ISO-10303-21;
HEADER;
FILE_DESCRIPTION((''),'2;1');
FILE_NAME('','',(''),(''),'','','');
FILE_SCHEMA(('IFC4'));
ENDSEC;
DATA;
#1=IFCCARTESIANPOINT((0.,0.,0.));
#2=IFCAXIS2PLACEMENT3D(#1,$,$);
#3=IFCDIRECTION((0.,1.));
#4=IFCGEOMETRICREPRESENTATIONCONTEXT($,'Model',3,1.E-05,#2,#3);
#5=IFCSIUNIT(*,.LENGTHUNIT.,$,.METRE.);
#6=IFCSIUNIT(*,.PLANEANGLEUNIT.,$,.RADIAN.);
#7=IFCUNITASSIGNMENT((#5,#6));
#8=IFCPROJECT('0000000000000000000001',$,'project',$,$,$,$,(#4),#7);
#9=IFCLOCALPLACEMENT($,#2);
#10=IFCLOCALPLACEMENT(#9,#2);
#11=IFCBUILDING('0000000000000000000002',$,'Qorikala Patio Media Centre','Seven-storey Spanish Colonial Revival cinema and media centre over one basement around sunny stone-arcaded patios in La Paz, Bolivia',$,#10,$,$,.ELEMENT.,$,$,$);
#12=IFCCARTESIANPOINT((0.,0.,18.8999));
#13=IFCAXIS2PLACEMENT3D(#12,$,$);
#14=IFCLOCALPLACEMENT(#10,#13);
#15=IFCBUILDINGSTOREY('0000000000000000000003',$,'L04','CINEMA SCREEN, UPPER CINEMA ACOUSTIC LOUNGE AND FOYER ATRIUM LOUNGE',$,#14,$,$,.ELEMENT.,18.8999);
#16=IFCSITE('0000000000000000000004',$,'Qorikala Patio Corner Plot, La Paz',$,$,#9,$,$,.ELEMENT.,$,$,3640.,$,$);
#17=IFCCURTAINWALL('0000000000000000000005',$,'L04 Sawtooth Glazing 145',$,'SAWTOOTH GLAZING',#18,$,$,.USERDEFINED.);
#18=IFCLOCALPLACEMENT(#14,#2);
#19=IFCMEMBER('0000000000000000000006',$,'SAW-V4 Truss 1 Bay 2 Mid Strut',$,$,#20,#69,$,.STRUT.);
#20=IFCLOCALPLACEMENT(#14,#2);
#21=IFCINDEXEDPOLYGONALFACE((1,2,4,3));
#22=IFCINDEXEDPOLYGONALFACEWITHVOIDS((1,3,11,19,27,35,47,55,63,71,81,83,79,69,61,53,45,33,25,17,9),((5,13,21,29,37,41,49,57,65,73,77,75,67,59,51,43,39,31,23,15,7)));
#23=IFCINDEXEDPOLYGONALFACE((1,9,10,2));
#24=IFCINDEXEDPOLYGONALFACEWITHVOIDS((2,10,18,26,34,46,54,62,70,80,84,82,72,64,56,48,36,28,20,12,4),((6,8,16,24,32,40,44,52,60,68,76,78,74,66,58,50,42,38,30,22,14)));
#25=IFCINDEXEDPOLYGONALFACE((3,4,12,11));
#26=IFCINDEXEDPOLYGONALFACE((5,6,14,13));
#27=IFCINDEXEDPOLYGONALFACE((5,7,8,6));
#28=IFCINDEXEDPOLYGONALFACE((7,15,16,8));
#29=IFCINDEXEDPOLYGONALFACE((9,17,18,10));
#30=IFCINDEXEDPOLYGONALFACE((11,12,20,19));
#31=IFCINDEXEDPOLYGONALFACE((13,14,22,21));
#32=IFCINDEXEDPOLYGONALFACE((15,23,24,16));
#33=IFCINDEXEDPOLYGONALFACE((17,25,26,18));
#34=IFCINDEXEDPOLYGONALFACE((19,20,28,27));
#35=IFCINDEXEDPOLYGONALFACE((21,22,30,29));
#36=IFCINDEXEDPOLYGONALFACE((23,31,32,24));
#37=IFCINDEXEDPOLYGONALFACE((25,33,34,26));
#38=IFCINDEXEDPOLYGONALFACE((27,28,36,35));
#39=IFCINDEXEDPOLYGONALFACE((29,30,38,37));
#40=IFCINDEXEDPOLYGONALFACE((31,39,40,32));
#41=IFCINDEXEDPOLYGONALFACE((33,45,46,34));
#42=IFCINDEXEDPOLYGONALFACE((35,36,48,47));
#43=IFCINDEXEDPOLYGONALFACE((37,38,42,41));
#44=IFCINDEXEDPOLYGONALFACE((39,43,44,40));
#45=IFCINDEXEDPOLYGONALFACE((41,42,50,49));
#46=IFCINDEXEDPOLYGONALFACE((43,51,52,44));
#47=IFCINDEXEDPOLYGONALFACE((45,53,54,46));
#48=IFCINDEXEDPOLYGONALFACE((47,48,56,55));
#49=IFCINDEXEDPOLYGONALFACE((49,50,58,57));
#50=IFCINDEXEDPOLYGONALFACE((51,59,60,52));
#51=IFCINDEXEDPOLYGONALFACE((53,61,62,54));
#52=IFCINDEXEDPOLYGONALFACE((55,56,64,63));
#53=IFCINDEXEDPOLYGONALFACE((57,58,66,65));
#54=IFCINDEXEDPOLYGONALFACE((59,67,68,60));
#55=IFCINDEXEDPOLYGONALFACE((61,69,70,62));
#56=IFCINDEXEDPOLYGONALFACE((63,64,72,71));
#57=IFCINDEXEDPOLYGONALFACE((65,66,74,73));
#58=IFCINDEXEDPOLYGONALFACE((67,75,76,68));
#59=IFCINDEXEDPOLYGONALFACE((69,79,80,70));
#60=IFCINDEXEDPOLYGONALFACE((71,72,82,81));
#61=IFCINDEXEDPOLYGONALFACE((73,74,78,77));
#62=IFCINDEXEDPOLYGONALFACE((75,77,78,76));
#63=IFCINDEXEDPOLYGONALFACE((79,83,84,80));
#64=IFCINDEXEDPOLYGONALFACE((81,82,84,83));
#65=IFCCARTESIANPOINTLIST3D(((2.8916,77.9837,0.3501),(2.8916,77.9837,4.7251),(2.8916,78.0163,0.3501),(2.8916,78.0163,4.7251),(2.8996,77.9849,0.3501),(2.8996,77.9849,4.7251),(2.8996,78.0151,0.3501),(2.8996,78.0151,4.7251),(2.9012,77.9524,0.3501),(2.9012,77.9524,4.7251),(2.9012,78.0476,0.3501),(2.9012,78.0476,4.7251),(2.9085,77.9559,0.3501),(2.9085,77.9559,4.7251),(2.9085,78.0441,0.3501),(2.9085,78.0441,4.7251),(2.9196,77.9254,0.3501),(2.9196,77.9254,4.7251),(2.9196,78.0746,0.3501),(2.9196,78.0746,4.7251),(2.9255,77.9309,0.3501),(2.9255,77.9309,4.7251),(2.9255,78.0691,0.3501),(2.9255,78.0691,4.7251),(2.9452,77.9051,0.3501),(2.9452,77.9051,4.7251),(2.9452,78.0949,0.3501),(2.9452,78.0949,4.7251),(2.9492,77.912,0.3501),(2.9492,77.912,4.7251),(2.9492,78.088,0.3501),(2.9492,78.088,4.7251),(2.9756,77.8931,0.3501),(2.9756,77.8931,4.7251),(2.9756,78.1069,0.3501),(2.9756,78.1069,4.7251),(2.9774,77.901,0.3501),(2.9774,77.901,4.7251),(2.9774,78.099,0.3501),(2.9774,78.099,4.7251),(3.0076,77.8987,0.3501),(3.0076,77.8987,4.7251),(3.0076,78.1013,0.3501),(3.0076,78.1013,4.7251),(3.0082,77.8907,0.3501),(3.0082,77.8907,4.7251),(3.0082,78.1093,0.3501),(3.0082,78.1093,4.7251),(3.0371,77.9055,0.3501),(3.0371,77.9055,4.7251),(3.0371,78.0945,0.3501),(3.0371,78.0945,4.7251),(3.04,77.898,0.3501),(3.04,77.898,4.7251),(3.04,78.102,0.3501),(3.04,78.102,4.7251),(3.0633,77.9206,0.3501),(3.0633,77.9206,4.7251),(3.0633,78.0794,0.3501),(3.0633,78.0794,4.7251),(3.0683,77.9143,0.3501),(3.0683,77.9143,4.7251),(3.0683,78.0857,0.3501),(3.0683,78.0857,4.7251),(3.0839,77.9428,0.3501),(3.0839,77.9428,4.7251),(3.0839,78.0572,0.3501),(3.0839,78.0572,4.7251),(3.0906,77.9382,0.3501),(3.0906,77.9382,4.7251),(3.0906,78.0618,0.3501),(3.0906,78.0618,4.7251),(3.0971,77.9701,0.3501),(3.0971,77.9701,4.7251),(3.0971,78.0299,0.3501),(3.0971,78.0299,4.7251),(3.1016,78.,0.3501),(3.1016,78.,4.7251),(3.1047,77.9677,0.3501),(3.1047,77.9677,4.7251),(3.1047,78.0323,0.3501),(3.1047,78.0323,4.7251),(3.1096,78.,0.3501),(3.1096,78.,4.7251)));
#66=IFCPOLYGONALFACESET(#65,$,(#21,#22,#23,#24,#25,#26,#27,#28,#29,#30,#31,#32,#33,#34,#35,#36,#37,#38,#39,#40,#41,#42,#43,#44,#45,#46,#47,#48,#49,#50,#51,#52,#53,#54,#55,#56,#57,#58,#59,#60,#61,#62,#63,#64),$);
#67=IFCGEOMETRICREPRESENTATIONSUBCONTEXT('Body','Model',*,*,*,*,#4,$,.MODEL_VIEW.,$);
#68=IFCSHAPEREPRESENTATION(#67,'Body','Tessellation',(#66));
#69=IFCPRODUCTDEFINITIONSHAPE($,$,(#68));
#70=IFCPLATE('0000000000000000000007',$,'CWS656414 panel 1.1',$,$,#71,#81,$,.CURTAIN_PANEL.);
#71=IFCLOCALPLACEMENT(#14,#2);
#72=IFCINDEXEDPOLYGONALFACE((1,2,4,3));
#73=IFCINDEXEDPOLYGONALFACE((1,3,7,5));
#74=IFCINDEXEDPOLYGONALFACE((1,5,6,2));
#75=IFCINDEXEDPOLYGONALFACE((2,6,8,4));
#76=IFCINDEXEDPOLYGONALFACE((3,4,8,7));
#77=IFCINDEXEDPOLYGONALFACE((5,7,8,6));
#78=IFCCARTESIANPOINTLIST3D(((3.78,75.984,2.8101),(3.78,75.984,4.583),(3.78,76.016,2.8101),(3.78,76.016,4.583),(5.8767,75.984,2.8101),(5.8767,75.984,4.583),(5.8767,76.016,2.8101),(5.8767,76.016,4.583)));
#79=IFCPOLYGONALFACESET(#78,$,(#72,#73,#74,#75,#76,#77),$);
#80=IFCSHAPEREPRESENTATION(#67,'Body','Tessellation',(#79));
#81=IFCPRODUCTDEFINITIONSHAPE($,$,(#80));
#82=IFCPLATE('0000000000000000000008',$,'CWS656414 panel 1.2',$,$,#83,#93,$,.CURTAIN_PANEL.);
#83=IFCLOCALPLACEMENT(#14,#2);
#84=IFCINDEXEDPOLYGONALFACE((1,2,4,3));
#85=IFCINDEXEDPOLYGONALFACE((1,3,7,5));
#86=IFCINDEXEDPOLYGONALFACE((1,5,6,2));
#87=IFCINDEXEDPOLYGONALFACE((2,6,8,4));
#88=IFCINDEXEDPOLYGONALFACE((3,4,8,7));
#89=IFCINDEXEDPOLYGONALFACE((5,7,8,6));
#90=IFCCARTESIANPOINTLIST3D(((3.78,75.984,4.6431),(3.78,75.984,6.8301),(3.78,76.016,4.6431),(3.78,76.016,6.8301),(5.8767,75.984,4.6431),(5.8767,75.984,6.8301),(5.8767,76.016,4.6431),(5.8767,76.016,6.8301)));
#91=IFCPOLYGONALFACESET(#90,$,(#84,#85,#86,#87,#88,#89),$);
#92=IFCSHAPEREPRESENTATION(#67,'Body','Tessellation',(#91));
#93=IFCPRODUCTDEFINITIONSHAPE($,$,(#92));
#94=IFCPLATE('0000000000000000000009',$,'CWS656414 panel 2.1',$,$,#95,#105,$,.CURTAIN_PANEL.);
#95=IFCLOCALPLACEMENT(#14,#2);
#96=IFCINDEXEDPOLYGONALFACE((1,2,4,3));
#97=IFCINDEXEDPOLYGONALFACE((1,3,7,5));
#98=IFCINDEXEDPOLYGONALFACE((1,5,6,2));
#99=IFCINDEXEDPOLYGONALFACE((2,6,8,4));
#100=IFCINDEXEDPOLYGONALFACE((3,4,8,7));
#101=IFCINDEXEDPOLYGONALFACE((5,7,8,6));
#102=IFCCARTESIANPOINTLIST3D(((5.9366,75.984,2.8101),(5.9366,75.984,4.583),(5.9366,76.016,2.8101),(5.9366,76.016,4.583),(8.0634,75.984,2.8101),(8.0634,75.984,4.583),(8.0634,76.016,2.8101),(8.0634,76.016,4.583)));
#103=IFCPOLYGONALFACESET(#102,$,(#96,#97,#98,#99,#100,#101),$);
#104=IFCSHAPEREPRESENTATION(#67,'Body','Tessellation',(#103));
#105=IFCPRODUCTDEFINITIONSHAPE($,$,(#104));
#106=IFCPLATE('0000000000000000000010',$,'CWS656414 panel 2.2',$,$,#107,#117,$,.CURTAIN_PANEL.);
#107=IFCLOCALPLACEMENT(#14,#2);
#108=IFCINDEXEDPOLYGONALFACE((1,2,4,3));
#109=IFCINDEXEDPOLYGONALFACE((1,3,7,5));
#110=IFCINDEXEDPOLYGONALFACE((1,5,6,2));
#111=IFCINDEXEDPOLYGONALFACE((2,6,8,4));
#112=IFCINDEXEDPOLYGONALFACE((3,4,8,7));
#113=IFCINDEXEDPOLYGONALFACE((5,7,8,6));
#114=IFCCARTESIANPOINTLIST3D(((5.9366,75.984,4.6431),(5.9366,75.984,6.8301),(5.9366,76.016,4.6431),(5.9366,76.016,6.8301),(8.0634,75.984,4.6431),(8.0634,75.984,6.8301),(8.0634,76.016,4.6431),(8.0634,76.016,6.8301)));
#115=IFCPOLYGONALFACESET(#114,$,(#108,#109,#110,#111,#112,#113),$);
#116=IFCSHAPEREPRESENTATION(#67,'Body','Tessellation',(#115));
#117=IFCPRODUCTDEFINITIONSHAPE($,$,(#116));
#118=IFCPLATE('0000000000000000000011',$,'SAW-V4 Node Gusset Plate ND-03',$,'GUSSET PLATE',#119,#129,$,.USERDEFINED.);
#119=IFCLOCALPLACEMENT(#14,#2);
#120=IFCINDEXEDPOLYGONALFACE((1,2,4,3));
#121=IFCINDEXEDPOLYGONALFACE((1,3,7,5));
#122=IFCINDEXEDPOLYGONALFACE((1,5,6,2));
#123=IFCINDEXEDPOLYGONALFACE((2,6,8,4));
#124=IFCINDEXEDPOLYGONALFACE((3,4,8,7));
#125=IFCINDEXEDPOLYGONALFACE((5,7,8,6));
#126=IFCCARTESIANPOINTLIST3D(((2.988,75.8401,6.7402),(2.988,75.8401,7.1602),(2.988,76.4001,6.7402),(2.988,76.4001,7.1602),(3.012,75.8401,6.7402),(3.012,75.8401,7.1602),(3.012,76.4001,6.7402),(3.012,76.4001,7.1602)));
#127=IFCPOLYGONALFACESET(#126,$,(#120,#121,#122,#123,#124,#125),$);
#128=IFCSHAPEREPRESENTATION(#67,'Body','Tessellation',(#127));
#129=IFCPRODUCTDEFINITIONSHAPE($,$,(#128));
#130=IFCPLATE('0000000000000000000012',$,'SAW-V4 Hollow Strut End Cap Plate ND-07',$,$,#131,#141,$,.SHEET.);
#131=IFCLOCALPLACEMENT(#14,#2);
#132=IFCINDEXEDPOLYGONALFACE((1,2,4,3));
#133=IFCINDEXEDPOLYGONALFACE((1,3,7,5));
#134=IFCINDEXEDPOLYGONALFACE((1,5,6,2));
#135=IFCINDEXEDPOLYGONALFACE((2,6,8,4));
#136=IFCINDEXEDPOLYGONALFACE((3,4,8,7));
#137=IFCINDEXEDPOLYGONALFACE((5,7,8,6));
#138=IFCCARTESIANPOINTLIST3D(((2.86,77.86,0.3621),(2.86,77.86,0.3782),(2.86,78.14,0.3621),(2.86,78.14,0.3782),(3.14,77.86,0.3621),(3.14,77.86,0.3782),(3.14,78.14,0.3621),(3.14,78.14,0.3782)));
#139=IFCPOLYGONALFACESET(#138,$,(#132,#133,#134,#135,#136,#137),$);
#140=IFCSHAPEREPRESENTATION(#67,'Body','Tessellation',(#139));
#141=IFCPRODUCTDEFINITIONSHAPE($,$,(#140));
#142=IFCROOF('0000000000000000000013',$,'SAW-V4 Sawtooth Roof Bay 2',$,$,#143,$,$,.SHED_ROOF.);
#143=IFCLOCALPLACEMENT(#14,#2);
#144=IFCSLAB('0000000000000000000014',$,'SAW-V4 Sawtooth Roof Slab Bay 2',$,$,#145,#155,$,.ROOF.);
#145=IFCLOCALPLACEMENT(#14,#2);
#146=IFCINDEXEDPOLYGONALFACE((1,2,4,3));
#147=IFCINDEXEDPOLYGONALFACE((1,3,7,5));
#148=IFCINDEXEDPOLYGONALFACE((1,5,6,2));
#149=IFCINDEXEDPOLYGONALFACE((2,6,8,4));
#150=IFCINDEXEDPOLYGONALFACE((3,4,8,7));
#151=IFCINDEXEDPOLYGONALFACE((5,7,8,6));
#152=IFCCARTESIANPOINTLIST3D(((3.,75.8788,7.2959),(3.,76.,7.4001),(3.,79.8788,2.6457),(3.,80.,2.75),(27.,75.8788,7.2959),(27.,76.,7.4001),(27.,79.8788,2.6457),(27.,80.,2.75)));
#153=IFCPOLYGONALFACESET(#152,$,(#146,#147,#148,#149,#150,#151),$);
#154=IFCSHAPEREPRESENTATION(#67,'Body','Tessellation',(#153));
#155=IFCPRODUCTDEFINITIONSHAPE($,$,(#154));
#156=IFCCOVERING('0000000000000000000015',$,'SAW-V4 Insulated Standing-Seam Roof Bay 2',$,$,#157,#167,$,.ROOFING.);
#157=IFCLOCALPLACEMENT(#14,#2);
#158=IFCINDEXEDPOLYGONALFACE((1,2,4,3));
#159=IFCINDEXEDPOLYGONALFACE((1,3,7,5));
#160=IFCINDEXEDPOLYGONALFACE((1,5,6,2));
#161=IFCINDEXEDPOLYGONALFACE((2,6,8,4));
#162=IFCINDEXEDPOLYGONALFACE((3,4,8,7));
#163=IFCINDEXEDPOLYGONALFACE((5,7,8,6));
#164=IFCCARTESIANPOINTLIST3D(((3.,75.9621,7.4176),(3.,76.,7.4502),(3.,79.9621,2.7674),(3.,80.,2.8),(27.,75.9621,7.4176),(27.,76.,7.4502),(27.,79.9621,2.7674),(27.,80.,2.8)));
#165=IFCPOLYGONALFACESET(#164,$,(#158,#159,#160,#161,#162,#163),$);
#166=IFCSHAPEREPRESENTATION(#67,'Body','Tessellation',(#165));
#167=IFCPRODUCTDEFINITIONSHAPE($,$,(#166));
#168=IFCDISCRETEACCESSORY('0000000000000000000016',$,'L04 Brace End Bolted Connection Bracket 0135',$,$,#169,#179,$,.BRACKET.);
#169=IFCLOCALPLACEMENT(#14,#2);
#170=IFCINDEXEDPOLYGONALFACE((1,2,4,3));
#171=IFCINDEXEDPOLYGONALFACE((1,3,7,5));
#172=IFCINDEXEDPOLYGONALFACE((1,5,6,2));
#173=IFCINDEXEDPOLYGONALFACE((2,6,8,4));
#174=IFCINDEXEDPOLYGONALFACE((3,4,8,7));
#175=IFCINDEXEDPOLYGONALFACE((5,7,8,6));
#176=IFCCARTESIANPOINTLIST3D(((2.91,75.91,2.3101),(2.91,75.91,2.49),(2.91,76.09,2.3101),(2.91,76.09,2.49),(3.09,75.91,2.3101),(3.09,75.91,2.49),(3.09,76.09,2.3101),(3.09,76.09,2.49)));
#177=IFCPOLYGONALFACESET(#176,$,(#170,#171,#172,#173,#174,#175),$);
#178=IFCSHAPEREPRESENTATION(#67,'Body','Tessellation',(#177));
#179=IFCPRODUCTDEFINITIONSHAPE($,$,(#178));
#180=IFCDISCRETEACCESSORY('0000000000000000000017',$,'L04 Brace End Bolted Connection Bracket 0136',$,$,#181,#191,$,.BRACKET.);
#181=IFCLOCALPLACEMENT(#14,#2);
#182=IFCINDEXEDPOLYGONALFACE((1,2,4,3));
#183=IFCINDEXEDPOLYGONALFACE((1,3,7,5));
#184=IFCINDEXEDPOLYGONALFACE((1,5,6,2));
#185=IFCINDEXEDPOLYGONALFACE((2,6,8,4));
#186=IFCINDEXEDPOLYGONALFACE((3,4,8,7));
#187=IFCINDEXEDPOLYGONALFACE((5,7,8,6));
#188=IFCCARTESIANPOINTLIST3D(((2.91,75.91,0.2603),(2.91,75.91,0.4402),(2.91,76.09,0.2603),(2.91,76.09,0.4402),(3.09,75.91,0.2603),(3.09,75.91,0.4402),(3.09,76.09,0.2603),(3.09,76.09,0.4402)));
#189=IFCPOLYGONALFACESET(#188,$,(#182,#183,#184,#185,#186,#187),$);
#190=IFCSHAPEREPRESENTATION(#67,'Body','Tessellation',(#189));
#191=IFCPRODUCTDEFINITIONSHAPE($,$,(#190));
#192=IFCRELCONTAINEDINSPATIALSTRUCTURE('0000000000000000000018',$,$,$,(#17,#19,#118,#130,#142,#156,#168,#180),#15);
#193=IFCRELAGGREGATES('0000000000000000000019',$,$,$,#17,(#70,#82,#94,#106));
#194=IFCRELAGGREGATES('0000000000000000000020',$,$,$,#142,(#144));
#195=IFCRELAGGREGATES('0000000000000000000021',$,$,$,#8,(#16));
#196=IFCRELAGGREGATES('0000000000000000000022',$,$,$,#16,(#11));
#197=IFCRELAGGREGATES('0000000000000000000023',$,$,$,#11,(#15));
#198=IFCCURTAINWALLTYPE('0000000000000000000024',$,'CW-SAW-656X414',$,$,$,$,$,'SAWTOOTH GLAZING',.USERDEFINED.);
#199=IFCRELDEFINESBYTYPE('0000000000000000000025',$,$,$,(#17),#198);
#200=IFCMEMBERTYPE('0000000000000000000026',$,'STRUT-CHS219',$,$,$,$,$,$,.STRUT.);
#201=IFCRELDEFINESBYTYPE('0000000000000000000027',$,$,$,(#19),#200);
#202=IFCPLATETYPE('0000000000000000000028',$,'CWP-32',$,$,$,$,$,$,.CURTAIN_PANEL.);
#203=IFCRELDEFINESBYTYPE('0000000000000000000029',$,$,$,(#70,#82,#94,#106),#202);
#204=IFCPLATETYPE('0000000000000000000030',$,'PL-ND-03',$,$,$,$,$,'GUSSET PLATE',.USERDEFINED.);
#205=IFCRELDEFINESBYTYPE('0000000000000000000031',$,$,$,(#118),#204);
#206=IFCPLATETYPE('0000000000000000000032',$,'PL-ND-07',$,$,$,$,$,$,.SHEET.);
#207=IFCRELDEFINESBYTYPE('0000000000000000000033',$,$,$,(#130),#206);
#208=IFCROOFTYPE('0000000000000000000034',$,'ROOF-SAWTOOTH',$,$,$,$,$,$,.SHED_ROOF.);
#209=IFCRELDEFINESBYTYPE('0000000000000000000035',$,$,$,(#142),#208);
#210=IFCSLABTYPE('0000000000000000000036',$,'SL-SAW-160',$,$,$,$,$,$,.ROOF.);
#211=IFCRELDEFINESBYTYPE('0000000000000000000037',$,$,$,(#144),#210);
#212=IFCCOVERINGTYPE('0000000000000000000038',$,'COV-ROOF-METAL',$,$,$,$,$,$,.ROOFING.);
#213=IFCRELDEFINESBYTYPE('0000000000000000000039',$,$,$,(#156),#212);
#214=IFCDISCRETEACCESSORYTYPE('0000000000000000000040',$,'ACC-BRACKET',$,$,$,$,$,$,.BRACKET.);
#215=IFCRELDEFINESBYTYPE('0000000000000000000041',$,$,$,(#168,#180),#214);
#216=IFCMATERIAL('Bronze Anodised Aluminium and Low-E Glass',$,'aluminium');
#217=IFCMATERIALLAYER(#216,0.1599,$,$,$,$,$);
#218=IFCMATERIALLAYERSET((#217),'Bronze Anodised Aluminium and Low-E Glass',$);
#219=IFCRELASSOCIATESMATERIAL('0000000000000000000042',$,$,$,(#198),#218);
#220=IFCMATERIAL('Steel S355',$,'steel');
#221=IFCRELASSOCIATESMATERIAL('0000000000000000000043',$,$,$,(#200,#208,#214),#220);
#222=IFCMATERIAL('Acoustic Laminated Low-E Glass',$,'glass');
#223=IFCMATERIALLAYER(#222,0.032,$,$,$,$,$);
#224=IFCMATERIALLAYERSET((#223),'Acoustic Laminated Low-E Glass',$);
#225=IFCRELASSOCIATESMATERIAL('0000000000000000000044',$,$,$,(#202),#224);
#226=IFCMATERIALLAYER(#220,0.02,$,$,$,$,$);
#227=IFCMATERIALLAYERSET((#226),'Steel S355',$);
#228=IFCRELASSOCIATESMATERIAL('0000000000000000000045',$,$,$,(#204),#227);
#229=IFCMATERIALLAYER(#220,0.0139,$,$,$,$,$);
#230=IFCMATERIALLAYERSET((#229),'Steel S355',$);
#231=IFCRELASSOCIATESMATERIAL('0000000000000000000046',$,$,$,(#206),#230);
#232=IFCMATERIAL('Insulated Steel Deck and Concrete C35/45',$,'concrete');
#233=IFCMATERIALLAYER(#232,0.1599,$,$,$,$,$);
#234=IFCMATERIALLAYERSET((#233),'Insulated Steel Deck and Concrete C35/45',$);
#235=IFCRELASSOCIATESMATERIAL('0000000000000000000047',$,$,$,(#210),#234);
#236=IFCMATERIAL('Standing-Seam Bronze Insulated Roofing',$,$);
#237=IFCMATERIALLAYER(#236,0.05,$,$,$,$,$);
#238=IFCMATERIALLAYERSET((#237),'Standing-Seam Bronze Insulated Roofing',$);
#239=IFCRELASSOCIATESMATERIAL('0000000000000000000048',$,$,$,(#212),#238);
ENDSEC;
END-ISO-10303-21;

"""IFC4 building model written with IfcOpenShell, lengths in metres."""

from ifc_helpers import new_model, si_unit, direction, frame, origin, origin_2d, place, context, subcontext, project, spatial, polyline, rectangle, hollow_circle, outline, extrude, material, layer, layer_set, material_profile, profile_set, type_object, element, aggregate, save


model = new_model("IFC4")

# Units and contexts
model_context = context("Model", 3, precision=1e-05, world=origin(), true_north=direction((0.0, 1.0)))
body_context = subcontext(model_context, "Body", "Model", "MODEL_VIEW")
ifc_project = project(units=[si_unit("LENGTHUNIT", "METRE"), si_unit("PLANEANGLEUNIT", "RADIAN")], contexts=[model_context])

# Site, building, storey
site_placement = place(None, origin())
site = spatial("IfcSite", under=ifc_project, at=site_placement, Name="Qorikala Patio Corner Plot, La Paz", CompositionType="ELEMENT", RefElevation=3640.0)
building_placement = place(site_placement, origin())
building = spatial("IfcBuilding", under=site, at=building_placement, Name="Qorikala Patio Media Centre", Description="Seven-storey Spanish Colonial Revival cinema and media centre over one basement around sunny stone-arcaded patios in La Paz, Bolivia", CompositionType="ELEMENT")
storey_placement = place(building_placement, frame((0.0, 0.0, 18.8999)))
storey = spatial("IfcBuildingStorey", under=building, at=storey_placement, Name="L04", Description="CINEMA SCREEN, UPPER CINEMA ACOUSTIC LOUNGE AND FOYER ATRIUM LOUNGE", CompositionType="ELEMENT", Elevation=18.8999)

# Shared definitions
ifc_material_1 = material(Name="Steel S355", Category="steel")

# Curtain wall
ifc_material_2 = material(Name="Bronze Anodised Aluminium and Low-E Glass", Category="aluminium")
ifc_layer_1 = layer(ifc_material_2, 0.1599)
ifc_layer_set_1 = layer_set([ifc_layer_1], Name="Bronze Anodised Aluminium and Low-E Glass")
curtain_wall_type = type_object("IfcCurtainWallType", Name="CW-SAW-656X414", ElementType="SAWTOOTH GLAZING", PredefinedType="USERDEFINED", material=ifc_layer_set_1)
curtain_wall_placement = place(storey_placement, origin())
curtain_wall = element("IfcCurtainWall", 1, at=curtain_wall_placement, inside=storey, type_object=curtain_wall_type, Name="L04 Sawtooth Glazing 145", ObjectType="SAWTOOTH GLAZING", PredefinedType="USERDEFINED")

# Member
ifc_material_profile_1 = material_profile(ifc_material_1, hollow_circle(Radius=0.1096, WallThickness=0.0081, at=origin_2d()), Name="CHS219X8")
ifc_profile_set_1 = profile_set([ifc_material_profile_1], Name="Steel S355")
member_type_1 = type_object("IfcMemberType", Name="STRUT-CHS219", PredefinedType="STRUT", material=ifc_profile_set_1)
member_1_placement = place(storey_placement, frame((3.0, 78.0, 0.3501), z_axis=(0.0, 0.0, 1.0), x_axis=(1.0, 0.0, 0.0)))
element("IfcMember", 2, at=member_1_placement, inside=storey, type_object=member_type_1, Name="SAW-V4 Truss 1 Bay 2 Mid Strut", PredefinedType="STRUT", context=body_context, shape_type="SweptSolid", body=[
    extrude(hollow_circle(Radius=0.1096, WallThickness=0.0081, at=origin_2d()), origin(), (0.0, 0.0, 1.0), 4.375),
])

# Plates
ifc_material_3 = material(Name="Acoustic Laminated Low-E Glass", Category="glass")
ifc_layer_2 = layer(ifc_material_3, 0.032)
ifc_layer_set_2 = layer_set([ifc_layer_2], Name="Acoustic Laminated Low-E Glass")
plate_type_1 = type_object("IfcPlateType", Name="CWP-32", PredefinedType="CURTAIN_PANEL", material=ifc_layer_set_2)
plate_1_placement = place(storey_placement, frame((4.8284, 76.0, 2.8101), z_axis=(0.0, 0.0, 1.0), x_axis=(1.0, 0.0, 0.0)))
plate_1 = element("IfcPlate", 3, at=plate_1_placement, type_object=plate_type_1, Name="CWS656414 panel 1.1", PredefinedType="CURTAIN_PANEL", context=body_context, shape_type="SweptSolid", body=[
    extrude(rectangle(XDim=2.0967, YDim=0.032, at=origin_2d()), origin(), (0.0, 0.0, 1.0), 1.7729),
])
plate_2_placement = place(storey_placement, frame((4.8284, 76.0, 4.6431), z_axis=(0.0, 0.0, 1.0), x_axis=(1.0, 0.0, 0.0)))
plate_2 = element("IfcPlate", 4, at=plate_2_placement, type_object=plate_type_1, Name="CWS656414 panel 1.2", PredefinedType="CURTAIN_PANEL", context=body_context, shape_type="SweptSolid", body=[
    extrude(rectangle(XDim=2.0967, YDim=0.032, at=origin_2d()), origin(), (0.0, 0.0, 1.0), 2.187),
])
plate_3_placement = place(storey_placement, frame((7.0, 76.0, 2.8101), z_axis=(0.0, 0.0, 1.0), x_axis=(1.0, 0.0, 0.0)))
plate_3 = element("IfcPlate", 5, at=plate_3_placement, type_object=plate_type_1, Name="CWS656414 panel 2.1", PredefinedType="CURTAIN_PANEL", context=body_context, shape_type="SweptSolid", body=[
    extrude(rectangle(XDim=2.1267, YDim=0.032, at=origin_2d()), origin(), (0.0, 0.0, 1.0), 1.7729),
])
plate_4_placement = place(storey_placement, frame((7.0, 76.0, 4.6431), z_axis=(0.0, 0.0, 1.0), x_axis=(1.0, 0.0, 0.0)))
plate_4 = element("IfcPlate", 6, at=plate_4_placement, type_object=plate_type_1, Name="CWS656414 panel 2.2", PredefinedType="CURTAIN_PANEL", context=body_context, shape_type="SweptSolid", body=[
    extrude(rectangle(XDim=2.1267, YDim=0.032, at=origin_2d()), origin(), (0.0, 0.0, 1.0), 2.187),
])
aggregate(curtain_wall, [plate_1, plate_2, plate_3, plate_4])

# Plates
ifc_layer_3 = layer(ifc_material_1, 0.02)
ifc_layer_set_3 = layer_set([ifc_layer_3], Name="Steel S355")
plate_type_2 = type_object("IfcPlateType", Name="PL-ND-03", ElementType="GUSSET PLATE", PredefinedType="USERDEFINED", material=ifc_layer_set_3)
plate_5_placement = place(storey_placement, frame((3.0, 76.1201, 6.7402), z_axis=(0.0, 0.0, 1.0), x_axis=(1.0, 0.0, 0.0)))
element("IfcPlate", 7, at=plate_5_placement, inside=storey, type_object=plate_type_2, Name="SAW-V4 Node Gusset Plate ND-03", ObjectType="GUSSET PLATE", PredefinedType="USERDEFINED", context=body_context, shape_type="SweptSolid", body=[
    extrude(rectangle(XDim=0.0239, YDim=0.5601, at=origin_2d()), origin(), (0.0, 0.0, 1.0), 0.4199),
])
ifc_layer_4 = layer(ifc_material_1, 0.0139)
ifc_layer_set_4 = layer_set([ifc_layer_4], Name="Steel S355")
plate_type_3 = type_object("IfcPlateType", Name="PL-ND-07", PredefinedType="SHEET", material=ifc_layer_set_4)
plate_6_placement = place(storey_placement, frame((3.0, 78.0, 0.3621), z_axis=(0.0, 0.0, 1.0), x_axis=(1.0, 0.0, 0.0)))
element("IfcPlate", 8, at=plate_6_placement, inside=storey, type_object=plate_type_3, Name="SAW-V4 Hollow Strut End Cap Plate ND-07", PredefinedType="SHEET", context=body_context, shape_type="SweptSolid", body=[
    extrude(rectangle(XDim=0.28, YDim=0.28, at=origin_2d()), origin(), (0.0, 0.0, 1.0), 0.0161),
])

# Roof, slab
roof_type = type_object("IfcRoofType", Name="ROOF-SAWTOOTH", PredefinedType="SHED_ROOF", material=ifc_material_1)
roof_placement = place(storey_placement, origin())
roof = element("IfcRoof", 9, at=roof_placement, inside=storey, type_object=roof_type, Name="SAW-V4 Sawtooth Roof Bay 2", PredefinedType="SHED_ROOF")
ifc_material_4 = material(Name="Insulated Steel Deck and Concrete C35/45", Category="concrete")
ifc_layer_5 = layer(ifc_material_4, 0.1599)
ifc_layer_set_5 = layer_set([ifc_layer_5], Name="Insulated Steel Deck and Concrete C35/45")
slab_type = type_object("IfcSlabType", Name="SL-SAW-160", PredefinedType="ROOF", material=ifc_layer_set_5)
slab_placement = place(storey_placement, frame((3.0, 76.0, 7.4001), z_axis=(0.0, 0.758115, 0.652121), x_axis=(1.0, 0.0, 0.0)))
slab = element("IfcSlab", 10, at=slab_placement, type_object=slab_type, Name="SAW-V4 Sawtooth Roof Slab Bay 2", PredefinedType="ROOF", context=body_context, shape_type="SweptSolid", body=[
    extrude(outline(polyline([(0.0, 0.0), (24.0, 0.0), (24.0, 6.1338), (0.0, 6.1338), (0.0, 0.0)])), origin(), (0.0, 0.0, -1.0), 0.1599),
])
aggregate(roof, [slab])

# Covering
ifc_material_5 = material(Name="Standing-Seam Bronze Insulated Roofing")
ifc_layer_6 = layer(ifc_material_5, 0.05)
ifc_layer_set_6 = layer_set([ifc_layer_6], Name="Standing-Seam Bronze Insulated Roofing")
covering_type = type_object("IfcCoveringType", Name="COV-ROOF-METAL", PredefinedType="ROOFING", material=ifc_layer_set_6)
covering_placement = place(storey_placement, frame((3.0, 76.0, 7.4502), z_axis=(0.0, 0.758115, 0.652121), x_axis=(1.0, 0.0, 0.0)))
element("IfcCovering", 11, at=covering_placement, inside=storey, type_object=covering_type, Name="SAW-V4 Insulated Standing-Seam Roof Bay 2", PredefinedType="ROOFING", context=body_context, shape_type="SweptSolid", body=[
    extrude(outline(polyline([(0.0, 0.0), (24.0, 0.0), (24.0, 6.1338), (0.0, 6.1338), (0.0, 0.0)])), origin(), (0.0, 0.0, -1.0), 0.05),
])

# Discrete accessories
discrete_accessory_type = type_object("IfcDiscreteAccessoryType", Name="ACC-BRACKET", PredefinedType="BRACKET", material=ifc_material_1)
for number, where, z_axis, x_axis, name in (
    (12, (3.0, 76.0, 2.3101), (0.0, 0.0, 1.0), (1.0, 0.0, 0.0), "L04 Brace End Bolted Connection Bracket 0135"),
    (13, (3.0, 76.0, 0.2603), (0.0, 0.0, 1.0), (1.0, 0.0, 0.0), "L04 Brace End Bolted Connection Bracket 0136"),
):
    element("IfcDiscreteAccessory", number, at=place(storey_placement, frame(where, z_axis=z_axis, x_axis=x_axis)), inside=storey, type_object=discrete_accessory_type, Name=name, PredefinedType="BRACKET", context=body_context, shape_type="SweptSolid", body=[
        extrude(rectangle(XDim=0.1799, YDim=0.1799, at=origin_2d()), origin(), (0.0, 0.0, 1.0), 0.1799),
    ])

save(model, "model.ifc")
